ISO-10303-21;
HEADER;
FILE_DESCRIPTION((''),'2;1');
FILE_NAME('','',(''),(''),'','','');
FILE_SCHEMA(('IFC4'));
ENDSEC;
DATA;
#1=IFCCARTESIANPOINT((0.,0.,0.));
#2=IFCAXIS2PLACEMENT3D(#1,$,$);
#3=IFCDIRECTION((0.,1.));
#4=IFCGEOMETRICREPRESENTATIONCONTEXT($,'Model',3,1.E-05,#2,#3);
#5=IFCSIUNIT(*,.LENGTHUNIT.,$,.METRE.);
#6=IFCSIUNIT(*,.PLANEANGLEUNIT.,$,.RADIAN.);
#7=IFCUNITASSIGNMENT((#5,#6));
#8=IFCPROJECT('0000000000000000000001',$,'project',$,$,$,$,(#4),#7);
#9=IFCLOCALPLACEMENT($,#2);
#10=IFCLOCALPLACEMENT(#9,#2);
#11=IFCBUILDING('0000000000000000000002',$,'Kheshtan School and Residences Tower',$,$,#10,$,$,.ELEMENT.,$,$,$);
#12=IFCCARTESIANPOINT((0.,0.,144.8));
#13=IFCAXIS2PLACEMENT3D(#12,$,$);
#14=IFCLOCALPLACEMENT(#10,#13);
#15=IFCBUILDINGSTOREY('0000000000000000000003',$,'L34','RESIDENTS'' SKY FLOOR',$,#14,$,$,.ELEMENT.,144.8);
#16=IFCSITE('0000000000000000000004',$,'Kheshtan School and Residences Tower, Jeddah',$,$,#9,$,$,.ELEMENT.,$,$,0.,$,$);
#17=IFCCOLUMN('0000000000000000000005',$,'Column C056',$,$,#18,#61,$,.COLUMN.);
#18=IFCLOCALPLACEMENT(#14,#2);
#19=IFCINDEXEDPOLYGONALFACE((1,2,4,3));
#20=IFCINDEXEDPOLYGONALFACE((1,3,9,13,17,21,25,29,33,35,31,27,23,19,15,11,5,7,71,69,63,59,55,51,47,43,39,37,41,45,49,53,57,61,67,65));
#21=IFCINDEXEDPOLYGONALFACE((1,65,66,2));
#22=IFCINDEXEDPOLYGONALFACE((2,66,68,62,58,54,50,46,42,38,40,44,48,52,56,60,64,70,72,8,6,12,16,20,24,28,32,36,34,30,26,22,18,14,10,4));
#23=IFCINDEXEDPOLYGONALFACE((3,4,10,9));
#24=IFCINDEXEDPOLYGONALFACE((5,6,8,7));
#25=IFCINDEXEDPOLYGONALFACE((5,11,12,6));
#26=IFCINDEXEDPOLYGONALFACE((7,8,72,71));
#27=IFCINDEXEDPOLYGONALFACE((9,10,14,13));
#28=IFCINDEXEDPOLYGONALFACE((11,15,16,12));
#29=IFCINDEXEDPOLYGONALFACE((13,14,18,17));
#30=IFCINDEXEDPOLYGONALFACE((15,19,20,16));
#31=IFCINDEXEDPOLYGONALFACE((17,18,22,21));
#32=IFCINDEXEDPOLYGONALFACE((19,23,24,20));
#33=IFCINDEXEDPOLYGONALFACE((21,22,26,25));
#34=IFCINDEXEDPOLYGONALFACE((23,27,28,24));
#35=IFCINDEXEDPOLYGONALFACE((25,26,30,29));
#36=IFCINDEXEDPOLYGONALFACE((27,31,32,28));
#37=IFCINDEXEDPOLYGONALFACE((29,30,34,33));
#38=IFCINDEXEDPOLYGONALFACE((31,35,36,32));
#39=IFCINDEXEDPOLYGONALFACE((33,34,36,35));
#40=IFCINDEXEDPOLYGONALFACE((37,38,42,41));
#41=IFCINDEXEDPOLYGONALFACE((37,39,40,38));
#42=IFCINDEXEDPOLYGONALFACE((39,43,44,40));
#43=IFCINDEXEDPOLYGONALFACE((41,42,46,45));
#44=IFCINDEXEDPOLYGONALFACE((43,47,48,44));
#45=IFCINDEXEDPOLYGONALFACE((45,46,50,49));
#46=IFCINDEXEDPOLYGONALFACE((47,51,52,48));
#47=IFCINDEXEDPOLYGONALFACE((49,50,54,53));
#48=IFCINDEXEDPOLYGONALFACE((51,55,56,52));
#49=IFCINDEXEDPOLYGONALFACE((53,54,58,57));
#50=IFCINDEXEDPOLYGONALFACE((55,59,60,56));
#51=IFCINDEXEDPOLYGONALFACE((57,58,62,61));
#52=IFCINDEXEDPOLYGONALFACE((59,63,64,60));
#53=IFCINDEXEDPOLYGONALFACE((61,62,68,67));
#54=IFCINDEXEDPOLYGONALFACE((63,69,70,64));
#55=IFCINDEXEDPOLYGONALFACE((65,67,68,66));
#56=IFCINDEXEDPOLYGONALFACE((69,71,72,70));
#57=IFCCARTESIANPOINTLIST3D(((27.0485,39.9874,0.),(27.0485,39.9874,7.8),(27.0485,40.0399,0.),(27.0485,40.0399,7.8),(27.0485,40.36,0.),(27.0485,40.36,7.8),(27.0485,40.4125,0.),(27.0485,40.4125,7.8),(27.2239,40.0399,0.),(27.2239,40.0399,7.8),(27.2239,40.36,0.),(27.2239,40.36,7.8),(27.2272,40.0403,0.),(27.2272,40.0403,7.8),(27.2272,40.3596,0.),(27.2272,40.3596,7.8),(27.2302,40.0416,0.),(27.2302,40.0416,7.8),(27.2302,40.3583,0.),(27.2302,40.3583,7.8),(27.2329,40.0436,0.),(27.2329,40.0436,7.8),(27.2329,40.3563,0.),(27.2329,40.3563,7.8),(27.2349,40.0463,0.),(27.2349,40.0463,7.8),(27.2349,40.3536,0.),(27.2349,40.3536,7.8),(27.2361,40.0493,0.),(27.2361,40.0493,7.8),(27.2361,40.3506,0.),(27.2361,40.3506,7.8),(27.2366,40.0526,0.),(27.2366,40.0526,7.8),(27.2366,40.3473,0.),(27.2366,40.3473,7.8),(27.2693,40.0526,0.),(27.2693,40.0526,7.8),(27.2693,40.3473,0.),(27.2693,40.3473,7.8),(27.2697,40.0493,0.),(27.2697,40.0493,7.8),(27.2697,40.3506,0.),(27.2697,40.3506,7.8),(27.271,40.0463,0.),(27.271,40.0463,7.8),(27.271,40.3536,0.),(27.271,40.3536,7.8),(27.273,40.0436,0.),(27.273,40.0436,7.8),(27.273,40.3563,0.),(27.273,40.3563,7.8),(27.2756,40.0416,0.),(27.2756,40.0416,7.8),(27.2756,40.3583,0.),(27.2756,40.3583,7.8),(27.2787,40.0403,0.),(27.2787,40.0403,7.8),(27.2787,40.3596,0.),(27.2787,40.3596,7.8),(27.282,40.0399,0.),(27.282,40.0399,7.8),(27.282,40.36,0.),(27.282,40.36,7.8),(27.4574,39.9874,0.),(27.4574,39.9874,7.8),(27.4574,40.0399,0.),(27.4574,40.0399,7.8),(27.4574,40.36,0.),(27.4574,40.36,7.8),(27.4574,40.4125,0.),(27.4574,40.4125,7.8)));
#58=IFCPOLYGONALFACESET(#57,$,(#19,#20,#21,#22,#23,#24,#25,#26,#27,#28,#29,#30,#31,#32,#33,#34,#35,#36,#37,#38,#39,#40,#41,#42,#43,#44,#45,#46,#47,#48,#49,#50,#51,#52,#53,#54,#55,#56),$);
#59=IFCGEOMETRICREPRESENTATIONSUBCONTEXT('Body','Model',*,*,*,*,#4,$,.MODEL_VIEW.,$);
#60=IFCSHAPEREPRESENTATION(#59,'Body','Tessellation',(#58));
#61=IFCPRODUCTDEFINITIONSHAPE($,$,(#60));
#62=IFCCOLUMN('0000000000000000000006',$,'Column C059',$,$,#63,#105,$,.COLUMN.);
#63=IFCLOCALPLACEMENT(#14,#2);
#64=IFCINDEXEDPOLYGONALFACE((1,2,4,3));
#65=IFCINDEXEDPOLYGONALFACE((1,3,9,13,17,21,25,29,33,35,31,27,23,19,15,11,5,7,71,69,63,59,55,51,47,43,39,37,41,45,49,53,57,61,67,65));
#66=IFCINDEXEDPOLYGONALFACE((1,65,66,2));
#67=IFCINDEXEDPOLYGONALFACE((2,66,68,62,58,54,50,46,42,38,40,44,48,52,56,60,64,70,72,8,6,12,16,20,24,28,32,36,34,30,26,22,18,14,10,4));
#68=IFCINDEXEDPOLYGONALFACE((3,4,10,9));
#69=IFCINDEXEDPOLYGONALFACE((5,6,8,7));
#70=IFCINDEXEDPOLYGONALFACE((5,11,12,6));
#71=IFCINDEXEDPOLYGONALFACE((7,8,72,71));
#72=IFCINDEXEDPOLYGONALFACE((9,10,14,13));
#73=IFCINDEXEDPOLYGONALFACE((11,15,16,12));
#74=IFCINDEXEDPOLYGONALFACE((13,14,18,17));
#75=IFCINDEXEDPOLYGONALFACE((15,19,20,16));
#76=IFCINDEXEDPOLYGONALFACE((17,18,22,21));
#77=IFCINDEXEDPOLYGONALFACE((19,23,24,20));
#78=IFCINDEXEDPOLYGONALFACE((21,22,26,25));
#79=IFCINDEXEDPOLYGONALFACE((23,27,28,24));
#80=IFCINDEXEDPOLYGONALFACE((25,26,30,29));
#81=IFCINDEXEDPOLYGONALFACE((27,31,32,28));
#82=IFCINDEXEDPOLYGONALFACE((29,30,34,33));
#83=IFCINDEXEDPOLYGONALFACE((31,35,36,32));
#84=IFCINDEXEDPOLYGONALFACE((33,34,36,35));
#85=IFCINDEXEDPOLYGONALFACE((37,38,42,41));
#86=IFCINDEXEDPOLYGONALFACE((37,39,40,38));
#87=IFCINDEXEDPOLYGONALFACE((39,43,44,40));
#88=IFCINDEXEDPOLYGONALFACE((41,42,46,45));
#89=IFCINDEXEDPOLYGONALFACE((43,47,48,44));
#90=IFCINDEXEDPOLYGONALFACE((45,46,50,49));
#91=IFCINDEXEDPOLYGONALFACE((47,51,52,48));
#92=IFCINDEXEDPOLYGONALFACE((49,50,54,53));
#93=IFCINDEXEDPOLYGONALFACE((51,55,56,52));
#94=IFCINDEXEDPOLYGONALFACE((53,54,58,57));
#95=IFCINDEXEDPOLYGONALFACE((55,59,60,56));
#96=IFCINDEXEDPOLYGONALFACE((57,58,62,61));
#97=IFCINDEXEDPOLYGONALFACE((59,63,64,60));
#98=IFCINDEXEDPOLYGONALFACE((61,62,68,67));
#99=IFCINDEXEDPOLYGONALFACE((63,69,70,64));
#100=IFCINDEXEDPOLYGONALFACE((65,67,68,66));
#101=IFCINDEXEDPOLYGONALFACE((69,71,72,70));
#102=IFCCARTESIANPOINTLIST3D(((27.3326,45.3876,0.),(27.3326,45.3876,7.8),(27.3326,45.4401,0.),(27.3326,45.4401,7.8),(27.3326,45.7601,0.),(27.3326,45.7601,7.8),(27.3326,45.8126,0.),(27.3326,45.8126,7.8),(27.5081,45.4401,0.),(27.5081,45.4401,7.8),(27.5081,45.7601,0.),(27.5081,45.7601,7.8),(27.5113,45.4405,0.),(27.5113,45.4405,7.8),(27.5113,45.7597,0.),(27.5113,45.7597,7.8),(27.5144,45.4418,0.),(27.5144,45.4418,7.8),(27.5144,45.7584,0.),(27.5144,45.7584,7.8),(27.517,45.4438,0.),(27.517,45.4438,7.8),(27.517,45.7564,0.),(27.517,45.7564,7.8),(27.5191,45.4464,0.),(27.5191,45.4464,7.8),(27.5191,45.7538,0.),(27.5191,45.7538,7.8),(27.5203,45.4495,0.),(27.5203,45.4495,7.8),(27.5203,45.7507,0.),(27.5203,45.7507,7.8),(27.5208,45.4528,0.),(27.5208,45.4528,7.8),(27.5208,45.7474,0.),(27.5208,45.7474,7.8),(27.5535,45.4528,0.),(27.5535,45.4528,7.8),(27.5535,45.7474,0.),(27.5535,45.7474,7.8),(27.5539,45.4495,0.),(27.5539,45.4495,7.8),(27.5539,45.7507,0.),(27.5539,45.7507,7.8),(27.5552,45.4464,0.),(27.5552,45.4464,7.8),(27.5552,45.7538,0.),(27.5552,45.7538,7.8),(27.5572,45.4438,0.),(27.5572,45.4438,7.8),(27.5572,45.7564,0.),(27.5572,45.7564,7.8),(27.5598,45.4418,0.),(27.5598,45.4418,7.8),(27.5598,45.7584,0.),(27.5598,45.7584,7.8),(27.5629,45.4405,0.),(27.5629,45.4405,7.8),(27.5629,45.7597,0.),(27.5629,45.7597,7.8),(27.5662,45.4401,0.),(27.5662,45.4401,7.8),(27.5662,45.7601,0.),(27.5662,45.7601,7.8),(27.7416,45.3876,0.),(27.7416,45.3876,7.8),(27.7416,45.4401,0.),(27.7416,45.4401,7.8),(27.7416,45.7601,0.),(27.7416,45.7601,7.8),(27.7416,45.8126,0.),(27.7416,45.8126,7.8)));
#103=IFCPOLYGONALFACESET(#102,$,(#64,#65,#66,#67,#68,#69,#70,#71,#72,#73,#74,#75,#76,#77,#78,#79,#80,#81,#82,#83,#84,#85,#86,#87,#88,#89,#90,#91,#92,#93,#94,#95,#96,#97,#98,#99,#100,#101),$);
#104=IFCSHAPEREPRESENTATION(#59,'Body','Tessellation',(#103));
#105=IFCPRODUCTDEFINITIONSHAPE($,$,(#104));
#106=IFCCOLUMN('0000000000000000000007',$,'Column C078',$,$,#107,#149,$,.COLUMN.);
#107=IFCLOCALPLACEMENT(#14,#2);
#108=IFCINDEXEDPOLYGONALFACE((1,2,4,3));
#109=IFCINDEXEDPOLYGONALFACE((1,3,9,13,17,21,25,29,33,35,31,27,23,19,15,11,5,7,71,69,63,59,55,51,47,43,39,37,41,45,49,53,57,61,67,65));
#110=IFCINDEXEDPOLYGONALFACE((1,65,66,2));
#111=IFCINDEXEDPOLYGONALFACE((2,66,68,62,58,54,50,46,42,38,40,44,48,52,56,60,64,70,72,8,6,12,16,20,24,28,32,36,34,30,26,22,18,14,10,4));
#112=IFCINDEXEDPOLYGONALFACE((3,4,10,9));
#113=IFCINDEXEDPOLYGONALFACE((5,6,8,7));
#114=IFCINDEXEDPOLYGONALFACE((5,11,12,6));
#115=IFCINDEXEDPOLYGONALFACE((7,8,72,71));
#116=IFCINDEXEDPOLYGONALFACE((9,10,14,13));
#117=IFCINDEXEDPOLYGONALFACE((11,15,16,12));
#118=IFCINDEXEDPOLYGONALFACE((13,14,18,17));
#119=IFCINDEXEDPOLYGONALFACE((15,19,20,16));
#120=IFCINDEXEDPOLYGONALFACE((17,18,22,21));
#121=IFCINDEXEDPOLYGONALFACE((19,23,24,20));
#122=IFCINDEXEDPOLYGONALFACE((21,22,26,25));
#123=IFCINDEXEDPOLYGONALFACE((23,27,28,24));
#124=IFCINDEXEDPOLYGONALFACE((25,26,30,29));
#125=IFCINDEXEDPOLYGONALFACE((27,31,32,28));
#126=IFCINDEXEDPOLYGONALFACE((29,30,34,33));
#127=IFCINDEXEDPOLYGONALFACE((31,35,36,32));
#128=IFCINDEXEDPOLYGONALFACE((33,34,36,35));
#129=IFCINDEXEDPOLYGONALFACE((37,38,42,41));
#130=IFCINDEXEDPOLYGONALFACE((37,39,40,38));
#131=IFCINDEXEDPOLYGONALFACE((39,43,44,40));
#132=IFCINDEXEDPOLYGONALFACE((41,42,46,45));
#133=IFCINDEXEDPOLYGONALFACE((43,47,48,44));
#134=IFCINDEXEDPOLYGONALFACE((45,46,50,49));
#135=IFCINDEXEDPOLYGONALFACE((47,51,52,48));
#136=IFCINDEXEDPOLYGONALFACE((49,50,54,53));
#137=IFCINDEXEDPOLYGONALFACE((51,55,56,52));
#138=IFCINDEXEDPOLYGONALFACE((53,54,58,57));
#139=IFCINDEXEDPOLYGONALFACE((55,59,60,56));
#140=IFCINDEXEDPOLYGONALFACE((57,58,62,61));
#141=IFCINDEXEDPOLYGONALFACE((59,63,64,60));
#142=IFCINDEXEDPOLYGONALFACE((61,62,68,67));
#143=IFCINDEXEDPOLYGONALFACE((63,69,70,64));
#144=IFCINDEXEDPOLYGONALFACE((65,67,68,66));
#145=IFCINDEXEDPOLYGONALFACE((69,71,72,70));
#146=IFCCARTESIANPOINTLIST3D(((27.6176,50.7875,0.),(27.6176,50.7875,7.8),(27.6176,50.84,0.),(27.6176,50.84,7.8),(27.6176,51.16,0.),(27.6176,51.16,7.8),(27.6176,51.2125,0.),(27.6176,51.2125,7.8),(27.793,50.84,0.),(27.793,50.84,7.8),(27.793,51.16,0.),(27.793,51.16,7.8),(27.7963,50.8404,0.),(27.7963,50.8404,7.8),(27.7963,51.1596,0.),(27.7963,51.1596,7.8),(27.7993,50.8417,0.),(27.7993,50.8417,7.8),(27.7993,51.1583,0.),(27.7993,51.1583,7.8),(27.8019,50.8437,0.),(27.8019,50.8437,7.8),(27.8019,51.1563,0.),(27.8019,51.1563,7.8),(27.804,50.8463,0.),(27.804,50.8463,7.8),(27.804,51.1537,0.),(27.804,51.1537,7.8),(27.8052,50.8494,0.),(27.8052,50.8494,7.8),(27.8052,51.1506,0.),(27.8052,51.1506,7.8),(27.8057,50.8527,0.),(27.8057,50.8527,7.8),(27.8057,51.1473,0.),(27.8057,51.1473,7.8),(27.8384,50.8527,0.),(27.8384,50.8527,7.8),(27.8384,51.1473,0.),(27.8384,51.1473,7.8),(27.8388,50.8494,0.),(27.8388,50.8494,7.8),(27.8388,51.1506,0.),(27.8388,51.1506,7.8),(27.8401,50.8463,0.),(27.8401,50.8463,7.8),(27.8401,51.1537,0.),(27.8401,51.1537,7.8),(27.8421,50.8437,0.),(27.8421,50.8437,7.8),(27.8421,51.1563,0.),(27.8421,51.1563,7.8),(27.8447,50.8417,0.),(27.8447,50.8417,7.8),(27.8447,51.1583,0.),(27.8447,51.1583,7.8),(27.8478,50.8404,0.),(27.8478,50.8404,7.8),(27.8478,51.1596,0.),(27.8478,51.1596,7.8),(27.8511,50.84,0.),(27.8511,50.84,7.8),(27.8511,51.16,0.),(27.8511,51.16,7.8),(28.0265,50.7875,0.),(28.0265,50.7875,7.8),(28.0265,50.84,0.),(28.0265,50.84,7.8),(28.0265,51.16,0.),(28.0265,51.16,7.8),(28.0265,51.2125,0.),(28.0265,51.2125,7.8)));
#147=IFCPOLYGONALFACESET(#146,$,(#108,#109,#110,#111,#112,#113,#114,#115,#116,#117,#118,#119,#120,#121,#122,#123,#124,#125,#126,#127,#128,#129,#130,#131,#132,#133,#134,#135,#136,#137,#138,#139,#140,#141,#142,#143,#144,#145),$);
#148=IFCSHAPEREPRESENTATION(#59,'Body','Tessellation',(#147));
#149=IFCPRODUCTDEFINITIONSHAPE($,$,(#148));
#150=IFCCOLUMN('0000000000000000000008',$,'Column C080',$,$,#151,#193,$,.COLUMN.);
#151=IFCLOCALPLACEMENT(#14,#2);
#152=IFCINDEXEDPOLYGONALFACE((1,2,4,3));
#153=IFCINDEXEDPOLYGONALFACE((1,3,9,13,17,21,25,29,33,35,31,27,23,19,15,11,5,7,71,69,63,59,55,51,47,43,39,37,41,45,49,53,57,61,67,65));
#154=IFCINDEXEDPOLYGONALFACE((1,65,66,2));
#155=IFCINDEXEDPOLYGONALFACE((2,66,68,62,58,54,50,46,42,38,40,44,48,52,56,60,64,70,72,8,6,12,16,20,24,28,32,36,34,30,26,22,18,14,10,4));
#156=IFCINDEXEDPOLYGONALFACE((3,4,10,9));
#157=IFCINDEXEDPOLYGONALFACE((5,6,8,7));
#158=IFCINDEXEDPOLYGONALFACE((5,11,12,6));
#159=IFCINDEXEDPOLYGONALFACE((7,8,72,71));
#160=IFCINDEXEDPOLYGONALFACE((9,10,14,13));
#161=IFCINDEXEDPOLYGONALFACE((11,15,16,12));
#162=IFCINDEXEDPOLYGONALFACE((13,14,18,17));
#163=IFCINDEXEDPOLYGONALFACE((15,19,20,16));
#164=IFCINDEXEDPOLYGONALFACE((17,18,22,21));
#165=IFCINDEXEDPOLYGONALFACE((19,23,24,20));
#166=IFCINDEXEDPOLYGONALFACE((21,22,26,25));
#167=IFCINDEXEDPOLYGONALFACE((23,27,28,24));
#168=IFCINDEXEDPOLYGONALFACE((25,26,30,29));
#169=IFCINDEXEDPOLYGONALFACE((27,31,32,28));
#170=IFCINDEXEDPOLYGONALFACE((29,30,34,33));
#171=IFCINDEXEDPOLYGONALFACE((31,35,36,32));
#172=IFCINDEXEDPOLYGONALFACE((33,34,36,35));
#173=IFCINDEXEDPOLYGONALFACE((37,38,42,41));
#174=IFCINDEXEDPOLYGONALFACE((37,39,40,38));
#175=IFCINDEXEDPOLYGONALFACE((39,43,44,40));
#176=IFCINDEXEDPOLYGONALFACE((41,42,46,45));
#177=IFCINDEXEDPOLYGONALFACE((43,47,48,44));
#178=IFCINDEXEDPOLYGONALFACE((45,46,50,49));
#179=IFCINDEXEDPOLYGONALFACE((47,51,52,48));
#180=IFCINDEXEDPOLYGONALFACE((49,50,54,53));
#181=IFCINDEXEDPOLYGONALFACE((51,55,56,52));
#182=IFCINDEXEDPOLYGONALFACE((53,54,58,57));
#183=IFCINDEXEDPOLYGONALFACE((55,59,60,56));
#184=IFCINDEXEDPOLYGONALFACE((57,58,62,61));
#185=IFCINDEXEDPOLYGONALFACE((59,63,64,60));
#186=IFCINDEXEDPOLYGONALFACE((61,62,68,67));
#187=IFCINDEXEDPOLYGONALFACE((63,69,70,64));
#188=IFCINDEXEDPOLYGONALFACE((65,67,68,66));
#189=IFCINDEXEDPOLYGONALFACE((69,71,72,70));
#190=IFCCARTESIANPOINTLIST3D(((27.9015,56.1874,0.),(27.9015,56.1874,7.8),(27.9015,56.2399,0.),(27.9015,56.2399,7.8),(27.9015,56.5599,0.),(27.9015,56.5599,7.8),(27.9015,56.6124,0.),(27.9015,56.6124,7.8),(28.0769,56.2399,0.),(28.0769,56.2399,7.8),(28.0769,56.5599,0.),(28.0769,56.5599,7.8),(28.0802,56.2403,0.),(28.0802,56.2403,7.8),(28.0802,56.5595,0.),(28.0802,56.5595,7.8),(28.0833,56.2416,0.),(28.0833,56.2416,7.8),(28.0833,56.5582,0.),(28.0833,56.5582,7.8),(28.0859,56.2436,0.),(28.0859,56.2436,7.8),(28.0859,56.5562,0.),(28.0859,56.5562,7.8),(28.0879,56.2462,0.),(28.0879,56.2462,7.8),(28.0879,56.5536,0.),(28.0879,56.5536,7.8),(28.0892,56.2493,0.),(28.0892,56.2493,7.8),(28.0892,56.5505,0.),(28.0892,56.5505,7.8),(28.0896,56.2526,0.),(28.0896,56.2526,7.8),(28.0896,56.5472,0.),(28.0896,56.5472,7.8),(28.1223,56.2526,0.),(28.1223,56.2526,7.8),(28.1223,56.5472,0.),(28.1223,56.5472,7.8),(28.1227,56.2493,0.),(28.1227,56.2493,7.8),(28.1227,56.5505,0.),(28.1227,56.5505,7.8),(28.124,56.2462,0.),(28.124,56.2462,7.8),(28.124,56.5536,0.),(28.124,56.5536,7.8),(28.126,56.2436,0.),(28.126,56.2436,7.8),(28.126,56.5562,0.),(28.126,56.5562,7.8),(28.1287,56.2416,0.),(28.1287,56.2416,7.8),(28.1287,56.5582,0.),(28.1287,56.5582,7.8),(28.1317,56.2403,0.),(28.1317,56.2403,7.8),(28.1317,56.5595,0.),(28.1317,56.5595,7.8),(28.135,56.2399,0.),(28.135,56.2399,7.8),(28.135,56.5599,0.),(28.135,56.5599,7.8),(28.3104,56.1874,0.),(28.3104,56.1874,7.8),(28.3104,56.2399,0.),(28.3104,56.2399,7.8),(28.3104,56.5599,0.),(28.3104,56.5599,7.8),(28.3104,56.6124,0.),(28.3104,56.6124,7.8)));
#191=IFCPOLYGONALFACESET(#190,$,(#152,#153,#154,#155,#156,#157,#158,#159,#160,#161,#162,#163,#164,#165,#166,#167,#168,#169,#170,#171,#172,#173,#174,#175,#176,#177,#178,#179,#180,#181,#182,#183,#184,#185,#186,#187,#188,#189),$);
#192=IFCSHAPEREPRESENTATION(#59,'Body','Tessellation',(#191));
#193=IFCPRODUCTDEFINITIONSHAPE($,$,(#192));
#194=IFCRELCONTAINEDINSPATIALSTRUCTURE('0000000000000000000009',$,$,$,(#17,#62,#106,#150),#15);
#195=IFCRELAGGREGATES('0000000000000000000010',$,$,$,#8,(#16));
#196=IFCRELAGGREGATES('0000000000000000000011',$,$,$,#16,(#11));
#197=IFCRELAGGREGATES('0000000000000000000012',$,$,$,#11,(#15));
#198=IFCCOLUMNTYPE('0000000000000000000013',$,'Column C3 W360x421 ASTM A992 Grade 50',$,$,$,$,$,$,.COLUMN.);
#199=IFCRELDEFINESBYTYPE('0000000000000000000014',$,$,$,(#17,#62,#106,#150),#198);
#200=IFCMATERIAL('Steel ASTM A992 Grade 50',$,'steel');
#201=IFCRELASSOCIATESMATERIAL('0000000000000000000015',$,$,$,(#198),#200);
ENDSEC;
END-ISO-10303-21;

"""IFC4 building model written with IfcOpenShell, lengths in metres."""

from ifc_helpers import new_model, si_unit, direction, frame, origin, origin_2d, place, context, subcontext, project, spatial, i_section, extrude, material, material_profile, profile_set, type_object, element, save


model = new_model("IFC4")

# Units and contexts
model_context = context("Model", 3, precision=1e-05, world=origin(), true_north=direction((0.0, 1.0)))
body_context = subcontext(model_context, "Body", "Model", "MODEL_VIEW")
ifc_project = project(units=[si_unit("LENGTHUNIT", "METRE"), si_unit("PLANEANGLEUNIT", "RADIAN")], contexts=[model_context])

# Site, building, storey
site_placement = place(None, origin())
site = spatial("IfcSite", under=ifc_project, at=site_placement, Name="Kheshtan School and Residences Tower, Jeddah", CompositionType="ELEMENT", RefElevation=0.0)
building_placement = place(site_placement, origin())
building = spatial("IfcBuilding", under=site, at=building_placement, Name="Kheshtan School and Residences Tower", CompositionType="ELEMENT")
storey_placement = place(building_placement, frame((0.0, 0.0, 144.8)))
storey = spatial("IfcBuildingStorey", under=building, at=storey_placement, Name="L34", Description="RESIDENTS' SKY FLOOR", CompositionType="ELEMENT", Elevation=144.8)

# Columns
ifc_material_1 = material(Name="Steel ASTM A992 Grade 50", Category="steel")
ifc_material_profile_1 = material_profile(ifc_material_1, i_section(OverallWidth=0.4089, OverallDepth=0.425, WebThickness=0.0327, FlangeThickness=0.0525, FilletRadius=0.0127, at=origin_2d()), Name="W360x421")
ifc_profile_set_1 = profile_set([ifc_material_profile_1], Name="Steel ASTM A992 Grade 50")
column_type = type_object("IfcColumnType", Name="Column C3 W360x421 ASTM A992 Grade 50", PredefinedType="COLUMN", material=ifc_profile_set_1)
for number, where, z_axis, x_axis, name in (
    (1, (27.2529, 40.2, 0.0), (0.0, 0.0, 1.0), (1.0, 0.0, 0.0), "Column C056"),
    (2, (27.5371, 45.6001, 0.0), (0.0, 0.0, 1.0), (1.0, 0.0, 0.0), "Column C059"),
    (3, (27.822, 51.0, 0.0), (0.0, 0.0, 1.0), (1.0, 0.0, 0.0), "Column C078"),
    (4, (28.106, 56.3999, 0.0), (0.0, 0.0, 1.0), (1.0, 0.0, 0.0), "Column C080"),
):
    element("IfcColumn", number, at=place(storey_placement, frame(where, z_axis=z_axis, x_axis=x_axis)), inside=storey, type_object=column_type, Name=name, PredefinedType="COLUMN", context=body_context, shape_type="SweptSolid", body=[
        extrude(i_section(OverallWidth=0.4089, OverallDepth=0.425, WebThickness=0.0327, FlangeThickness=0.0525, FilletRadius=0.0127, at=origin_2d()), origin(), (0.0, 0.0, 1.0), 7.8),
    ])

save(model, "model.ifc")
